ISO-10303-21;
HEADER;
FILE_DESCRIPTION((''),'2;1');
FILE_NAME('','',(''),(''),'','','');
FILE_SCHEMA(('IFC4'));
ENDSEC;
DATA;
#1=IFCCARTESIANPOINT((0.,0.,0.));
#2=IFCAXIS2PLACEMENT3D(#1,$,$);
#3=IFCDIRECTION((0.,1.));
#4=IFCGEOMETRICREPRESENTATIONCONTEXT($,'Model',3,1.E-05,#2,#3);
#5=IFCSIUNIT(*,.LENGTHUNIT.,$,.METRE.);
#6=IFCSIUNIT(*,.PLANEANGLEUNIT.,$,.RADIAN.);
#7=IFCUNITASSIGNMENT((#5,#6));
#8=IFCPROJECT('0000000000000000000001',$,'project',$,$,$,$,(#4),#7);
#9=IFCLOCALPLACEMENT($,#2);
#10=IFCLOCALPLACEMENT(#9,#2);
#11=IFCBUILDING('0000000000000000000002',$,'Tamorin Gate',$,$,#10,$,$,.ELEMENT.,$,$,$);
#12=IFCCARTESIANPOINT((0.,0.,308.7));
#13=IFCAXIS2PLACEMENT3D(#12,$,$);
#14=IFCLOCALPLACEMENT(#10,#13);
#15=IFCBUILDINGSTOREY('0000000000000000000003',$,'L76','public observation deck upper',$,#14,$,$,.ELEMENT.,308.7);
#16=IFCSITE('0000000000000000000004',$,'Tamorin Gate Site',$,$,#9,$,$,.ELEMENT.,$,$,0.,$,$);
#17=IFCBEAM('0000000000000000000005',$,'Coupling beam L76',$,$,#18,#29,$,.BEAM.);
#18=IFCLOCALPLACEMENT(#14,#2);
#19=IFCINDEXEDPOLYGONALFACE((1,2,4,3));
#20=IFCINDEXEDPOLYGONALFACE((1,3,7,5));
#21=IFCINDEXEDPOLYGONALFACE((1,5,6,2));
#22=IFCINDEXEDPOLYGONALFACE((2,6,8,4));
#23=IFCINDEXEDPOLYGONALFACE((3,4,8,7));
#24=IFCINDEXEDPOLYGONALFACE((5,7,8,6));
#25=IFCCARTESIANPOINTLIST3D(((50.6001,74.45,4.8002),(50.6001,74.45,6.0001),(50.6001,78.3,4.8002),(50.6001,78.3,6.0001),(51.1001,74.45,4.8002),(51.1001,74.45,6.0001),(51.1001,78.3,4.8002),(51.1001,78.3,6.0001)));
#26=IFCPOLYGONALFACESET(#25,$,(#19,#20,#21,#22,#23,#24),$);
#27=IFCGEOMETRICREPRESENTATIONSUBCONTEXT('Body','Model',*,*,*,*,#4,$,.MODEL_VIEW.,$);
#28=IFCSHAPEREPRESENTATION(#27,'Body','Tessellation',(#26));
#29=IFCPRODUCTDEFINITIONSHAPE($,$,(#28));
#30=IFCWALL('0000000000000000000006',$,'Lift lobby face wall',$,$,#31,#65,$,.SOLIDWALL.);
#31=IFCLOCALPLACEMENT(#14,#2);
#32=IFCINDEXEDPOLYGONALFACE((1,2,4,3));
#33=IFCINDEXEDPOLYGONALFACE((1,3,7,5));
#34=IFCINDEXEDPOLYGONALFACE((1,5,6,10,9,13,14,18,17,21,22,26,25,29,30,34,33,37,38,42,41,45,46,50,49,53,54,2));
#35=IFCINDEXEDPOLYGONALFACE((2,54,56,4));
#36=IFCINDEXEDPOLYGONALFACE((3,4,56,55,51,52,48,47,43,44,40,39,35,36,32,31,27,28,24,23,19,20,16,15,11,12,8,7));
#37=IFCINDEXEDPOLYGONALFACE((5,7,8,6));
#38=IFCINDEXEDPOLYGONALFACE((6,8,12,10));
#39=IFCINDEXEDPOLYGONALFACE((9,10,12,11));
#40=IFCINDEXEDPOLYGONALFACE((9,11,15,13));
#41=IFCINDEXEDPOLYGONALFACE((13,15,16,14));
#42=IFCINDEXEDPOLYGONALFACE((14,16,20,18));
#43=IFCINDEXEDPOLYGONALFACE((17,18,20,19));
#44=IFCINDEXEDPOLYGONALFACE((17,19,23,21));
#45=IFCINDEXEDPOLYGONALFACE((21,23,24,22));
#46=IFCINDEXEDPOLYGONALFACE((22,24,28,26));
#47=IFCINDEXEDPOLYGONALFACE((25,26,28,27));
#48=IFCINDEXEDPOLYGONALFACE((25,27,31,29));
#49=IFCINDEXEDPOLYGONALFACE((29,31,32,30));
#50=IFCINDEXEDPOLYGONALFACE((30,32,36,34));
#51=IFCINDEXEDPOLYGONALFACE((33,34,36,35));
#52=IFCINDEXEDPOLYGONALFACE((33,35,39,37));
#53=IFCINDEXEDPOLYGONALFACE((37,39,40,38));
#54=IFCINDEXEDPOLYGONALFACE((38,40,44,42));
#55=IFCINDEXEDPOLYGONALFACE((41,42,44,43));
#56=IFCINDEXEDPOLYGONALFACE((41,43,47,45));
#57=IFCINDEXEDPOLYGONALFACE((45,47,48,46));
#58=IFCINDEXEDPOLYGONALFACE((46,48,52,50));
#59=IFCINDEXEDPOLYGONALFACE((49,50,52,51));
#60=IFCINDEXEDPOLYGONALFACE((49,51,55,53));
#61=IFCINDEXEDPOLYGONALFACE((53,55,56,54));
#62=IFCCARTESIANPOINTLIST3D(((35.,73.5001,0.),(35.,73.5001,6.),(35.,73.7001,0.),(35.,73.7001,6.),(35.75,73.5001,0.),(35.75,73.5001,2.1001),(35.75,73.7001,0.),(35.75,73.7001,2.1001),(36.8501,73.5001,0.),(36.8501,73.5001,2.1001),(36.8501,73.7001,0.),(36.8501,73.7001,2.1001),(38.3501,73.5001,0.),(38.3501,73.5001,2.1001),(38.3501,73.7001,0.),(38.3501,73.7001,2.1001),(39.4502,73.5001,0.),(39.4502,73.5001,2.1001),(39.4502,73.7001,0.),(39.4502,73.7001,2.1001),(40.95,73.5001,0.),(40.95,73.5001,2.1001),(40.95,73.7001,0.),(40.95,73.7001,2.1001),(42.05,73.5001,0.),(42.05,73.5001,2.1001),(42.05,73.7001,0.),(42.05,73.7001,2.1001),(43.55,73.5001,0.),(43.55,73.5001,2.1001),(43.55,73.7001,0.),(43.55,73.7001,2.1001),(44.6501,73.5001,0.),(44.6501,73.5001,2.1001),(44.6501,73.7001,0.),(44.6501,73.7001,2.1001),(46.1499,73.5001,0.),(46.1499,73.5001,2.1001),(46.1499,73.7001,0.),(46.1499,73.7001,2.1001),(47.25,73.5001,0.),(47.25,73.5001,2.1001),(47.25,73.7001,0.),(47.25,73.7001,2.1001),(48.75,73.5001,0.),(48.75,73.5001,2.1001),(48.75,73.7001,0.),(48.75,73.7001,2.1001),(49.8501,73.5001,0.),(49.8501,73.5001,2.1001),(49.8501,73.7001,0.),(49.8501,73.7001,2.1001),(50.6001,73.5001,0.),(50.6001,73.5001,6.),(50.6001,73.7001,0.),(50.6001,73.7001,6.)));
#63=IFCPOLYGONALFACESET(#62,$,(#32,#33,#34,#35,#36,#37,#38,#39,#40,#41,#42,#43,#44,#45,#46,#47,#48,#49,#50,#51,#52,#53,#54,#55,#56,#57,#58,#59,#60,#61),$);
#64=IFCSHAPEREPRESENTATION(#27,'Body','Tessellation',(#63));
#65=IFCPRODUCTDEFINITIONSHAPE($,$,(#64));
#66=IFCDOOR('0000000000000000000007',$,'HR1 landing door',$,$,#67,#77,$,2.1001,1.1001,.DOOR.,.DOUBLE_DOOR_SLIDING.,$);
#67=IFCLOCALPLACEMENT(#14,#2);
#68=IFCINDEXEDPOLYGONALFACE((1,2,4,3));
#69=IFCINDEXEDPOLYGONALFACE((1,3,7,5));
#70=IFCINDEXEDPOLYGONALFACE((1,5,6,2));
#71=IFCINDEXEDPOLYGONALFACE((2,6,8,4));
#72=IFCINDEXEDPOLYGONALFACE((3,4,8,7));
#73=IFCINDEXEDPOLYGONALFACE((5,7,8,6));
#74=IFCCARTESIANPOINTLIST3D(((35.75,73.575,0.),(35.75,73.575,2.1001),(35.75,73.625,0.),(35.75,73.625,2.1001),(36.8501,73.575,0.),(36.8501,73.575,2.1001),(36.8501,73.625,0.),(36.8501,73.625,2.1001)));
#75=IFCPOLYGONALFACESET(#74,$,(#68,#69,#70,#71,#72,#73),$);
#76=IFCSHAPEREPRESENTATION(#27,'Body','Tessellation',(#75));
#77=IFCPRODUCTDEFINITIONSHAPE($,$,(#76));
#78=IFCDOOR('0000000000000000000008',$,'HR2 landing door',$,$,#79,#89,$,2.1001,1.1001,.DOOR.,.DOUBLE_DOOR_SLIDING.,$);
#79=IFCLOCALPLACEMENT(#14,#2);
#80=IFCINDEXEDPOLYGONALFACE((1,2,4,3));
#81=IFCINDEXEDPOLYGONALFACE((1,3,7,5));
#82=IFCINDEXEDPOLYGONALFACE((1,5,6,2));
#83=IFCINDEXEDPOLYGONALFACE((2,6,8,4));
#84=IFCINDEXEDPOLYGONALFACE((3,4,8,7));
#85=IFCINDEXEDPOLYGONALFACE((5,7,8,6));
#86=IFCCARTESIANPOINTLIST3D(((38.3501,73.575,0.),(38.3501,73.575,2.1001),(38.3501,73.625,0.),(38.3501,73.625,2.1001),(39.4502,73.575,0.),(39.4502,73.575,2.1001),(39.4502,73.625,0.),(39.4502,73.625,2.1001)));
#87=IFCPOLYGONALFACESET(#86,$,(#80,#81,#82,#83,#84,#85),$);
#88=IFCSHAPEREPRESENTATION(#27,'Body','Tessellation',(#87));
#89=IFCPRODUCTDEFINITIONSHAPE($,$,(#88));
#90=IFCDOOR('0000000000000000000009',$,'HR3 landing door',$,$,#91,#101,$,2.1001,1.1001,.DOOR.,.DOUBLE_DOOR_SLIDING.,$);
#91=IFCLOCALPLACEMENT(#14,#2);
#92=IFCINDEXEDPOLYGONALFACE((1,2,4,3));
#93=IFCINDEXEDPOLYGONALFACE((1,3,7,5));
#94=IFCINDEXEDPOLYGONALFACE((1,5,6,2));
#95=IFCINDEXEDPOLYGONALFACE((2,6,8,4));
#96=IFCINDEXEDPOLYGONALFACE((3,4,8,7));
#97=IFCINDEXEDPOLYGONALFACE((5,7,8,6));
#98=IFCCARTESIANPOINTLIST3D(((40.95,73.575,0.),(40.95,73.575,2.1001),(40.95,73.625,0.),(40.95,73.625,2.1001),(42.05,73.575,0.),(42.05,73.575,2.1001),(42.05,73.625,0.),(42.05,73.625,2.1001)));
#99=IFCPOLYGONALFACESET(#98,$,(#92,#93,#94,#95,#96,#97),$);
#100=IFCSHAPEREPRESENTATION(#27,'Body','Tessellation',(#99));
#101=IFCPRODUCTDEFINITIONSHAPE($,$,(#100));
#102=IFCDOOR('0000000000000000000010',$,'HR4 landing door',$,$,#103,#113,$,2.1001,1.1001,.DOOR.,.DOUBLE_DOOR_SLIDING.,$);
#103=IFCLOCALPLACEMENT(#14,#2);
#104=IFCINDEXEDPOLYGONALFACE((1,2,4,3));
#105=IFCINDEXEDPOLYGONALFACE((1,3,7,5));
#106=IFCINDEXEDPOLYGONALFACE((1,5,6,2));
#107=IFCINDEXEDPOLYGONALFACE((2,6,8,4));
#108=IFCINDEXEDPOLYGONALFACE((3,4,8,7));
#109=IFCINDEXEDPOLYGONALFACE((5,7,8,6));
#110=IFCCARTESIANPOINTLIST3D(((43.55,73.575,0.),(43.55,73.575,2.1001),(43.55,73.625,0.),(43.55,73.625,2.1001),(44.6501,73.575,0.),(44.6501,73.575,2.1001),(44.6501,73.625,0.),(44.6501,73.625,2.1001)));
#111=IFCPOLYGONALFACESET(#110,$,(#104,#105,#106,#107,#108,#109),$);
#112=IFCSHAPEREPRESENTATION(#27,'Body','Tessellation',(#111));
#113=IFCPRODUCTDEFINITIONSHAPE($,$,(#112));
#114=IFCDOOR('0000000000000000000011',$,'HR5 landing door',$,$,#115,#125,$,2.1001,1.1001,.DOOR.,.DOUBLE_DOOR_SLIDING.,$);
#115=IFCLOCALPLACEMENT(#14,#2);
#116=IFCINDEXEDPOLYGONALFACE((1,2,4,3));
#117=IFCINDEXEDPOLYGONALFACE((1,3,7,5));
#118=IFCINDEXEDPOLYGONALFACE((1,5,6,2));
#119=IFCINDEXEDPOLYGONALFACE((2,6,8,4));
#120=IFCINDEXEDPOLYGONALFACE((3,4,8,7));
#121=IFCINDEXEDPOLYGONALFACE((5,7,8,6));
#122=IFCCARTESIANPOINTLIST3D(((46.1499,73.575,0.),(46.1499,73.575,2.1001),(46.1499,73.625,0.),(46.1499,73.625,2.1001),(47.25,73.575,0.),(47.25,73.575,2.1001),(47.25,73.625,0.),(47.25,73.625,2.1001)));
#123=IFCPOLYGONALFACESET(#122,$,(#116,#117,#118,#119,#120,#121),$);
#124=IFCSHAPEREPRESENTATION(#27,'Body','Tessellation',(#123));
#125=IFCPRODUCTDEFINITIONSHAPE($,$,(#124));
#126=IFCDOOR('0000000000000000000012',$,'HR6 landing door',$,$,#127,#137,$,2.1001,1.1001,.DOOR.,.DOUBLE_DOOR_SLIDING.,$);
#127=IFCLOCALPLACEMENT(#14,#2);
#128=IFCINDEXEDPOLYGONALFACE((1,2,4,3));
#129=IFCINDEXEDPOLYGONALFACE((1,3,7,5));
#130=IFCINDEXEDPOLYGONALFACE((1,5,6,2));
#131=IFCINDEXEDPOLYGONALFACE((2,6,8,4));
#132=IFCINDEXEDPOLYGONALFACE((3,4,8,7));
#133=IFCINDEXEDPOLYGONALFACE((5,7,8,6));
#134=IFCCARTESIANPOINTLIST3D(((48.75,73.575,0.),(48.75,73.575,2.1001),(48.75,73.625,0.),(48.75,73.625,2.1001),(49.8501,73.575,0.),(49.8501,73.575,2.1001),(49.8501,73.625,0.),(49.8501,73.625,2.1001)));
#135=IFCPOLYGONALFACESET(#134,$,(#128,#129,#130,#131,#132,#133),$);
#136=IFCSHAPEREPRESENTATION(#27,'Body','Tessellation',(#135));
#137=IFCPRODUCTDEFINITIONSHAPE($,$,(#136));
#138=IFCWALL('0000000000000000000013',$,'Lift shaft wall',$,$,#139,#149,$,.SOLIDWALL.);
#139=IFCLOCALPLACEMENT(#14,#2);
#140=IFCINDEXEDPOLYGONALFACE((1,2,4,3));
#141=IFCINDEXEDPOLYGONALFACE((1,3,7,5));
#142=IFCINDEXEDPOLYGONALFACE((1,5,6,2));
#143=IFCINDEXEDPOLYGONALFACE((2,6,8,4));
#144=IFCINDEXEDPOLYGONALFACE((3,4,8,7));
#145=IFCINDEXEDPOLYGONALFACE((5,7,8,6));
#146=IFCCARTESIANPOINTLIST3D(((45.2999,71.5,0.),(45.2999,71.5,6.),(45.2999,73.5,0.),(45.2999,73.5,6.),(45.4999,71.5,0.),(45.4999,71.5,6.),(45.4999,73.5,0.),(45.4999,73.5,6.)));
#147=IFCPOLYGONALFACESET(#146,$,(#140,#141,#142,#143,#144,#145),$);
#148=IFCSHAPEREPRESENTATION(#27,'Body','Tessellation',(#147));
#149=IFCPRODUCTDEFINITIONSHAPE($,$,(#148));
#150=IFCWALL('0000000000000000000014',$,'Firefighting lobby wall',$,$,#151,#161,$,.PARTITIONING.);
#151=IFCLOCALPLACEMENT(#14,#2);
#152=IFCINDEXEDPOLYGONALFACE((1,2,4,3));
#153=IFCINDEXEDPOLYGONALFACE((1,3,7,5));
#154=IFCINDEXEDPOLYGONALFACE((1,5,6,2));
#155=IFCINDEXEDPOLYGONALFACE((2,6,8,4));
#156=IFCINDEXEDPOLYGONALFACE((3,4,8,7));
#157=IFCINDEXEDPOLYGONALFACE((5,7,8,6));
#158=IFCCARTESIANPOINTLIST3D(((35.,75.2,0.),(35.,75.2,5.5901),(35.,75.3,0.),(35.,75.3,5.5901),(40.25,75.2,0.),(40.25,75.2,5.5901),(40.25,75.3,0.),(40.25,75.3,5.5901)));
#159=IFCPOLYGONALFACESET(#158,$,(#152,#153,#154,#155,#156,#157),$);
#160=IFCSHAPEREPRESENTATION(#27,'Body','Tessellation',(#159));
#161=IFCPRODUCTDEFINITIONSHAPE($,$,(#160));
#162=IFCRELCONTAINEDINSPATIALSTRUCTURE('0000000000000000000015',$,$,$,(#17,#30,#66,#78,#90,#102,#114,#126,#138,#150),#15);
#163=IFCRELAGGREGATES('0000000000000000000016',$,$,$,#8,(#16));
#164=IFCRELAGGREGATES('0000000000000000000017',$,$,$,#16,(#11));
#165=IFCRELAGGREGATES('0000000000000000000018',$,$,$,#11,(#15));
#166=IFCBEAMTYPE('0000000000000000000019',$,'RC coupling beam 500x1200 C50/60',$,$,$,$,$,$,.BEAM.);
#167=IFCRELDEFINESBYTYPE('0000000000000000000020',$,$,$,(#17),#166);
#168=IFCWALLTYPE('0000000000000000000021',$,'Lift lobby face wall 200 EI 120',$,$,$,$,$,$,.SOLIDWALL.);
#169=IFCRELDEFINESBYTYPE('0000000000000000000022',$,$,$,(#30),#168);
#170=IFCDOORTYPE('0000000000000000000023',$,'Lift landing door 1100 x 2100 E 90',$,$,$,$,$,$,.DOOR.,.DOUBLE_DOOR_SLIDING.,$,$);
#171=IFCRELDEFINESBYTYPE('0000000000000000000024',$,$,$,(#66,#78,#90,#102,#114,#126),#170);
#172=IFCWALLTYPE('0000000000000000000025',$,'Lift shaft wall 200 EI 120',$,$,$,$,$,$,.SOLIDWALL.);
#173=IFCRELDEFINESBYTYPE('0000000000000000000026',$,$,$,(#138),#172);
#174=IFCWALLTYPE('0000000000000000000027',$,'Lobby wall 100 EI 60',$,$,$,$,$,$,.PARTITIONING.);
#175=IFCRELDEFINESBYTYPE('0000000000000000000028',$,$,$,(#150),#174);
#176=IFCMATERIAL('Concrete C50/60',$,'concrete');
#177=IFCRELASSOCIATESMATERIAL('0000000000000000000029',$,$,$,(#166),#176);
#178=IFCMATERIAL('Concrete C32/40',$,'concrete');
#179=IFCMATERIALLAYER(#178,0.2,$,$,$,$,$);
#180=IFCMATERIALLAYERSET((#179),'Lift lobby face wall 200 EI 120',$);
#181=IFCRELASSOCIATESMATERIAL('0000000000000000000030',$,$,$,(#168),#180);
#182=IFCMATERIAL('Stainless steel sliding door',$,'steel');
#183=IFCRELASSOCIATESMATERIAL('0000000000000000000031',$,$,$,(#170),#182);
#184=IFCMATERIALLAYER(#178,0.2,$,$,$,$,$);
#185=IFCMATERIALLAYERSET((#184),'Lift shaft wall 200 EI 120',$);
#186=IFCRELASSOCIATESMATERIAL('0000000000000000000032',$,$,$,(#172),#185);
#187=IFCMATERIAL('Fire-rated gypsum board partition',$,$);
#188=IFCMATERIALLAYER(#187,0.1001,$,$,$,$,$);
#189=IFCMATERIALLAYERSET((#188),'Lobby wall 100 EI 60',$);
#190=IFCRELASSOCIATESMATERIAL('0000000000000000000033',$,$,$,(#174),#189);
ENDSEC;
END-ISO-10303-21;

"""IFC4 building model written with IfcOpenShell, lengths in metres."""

from ifc_helpers import new_model, si_unit, direction, frame, frame_2d, origin, origin_2d, place, context, subcontext, project, spatial, rectangle, extrude, material, layer, layer_set, material_profile, profile_set, type_object, element, fill, save


model = new_model("IFC4")

# Units and contexts
model_context = context("Model", 3, precision=1e-05, world=origin(), true_north=direction((0.0, 1.0)))
body_context = subcontext(model_context, "Body", "Model", "MODEL_VIEW")
ifc_project = project(units=[si_unit("LENGTHUNIT", "METRE"), si_unit("PLANEANGLEUNIT", "RADIAN")], contexts=[model_context])

# Site, building, storey
site_placement = place(None, origin())
site = spatial("IfcSite", under=ifc_project, at=site_placement, Name="Tamorin Gate Site", CompositionType="ELEMENT", RefElevation=0.0)
building_placement = place(site_placement, origin())
building = spatial("IfcBuilding", under=site, at=building_placement, Name="Tamorin Gate", CompositionType="ELEMENT")
storey_placement = place(building_placement, frame((0.0, 0.0, 308.7)))
storey = spatial("IfcBuildingStorey", under=building, at=storey_placement, Name="L76", Description="public observation deck upper", CompositionType="ELEMENT", Elevation=308.7)

# Beam
ifc_material_1 = material(Name="Concrete C50/60", Category="concrete")
ifc_material_profile = material_profile(ifc_material_1, rectangle(XDim=0.5, YDim=1.2, at=origin_2d()), Name="RC 500x1200")
ifc_profile_set = profile_set([ifc_material_profile], Name="Concrete C50/60")
beam_type = type_object("IfcBeamType", Name="RC coupling beam 500x1200 C50/60", PredefinedType="BEAM", material=ifc_profile_set)
beam_placement = place(storey_placement, frame((50.8501, 74.45, 5.4001), z_axis=(0.0, 1.0, 0.0), x_axis=(-1.0, 0.0, 0.0)))
element("IfcBeam", 1, at=beam_placement, inside=storey, type_object=beam_type, Name="Coupling beam L76", PredefinedType="BEAM", context=body_context, shape_type="SweptSolid", body=[
    extrude(rectangle(XDim=0.5, YDim=1.2, at=origin_2d()), origin(), (0.0, 0.0, 1.0), 3.8501),
])

# Wall, openings, doors
ifc_material_2 = material(Name="Concrete C32/40", Category="concrete")
ifc_layer_1 = layer(ifc_material_2, 0.2)
ifc_layer_set_1 = layer_set([ifc_layer_1], Name="Lift lobby face wall 200 EI 120")
wall_type_1 = type_object("IfcWallType", Name="Lift lobby face wall 200 EI 120", PredefinedType="SOLIDWALL", material=ifc_layer_set_1)
wall_1_placement = place(storey_placement, frame((35.0, 73.6001, 0.0), z_axis=(0.0, 0.0, 1.0), x_axis=(1.0, 0.0, 0.0)))
wall_1 = element("IfcWall", 2, at=wall_1_placement, inside=storey, type_object=wall_type_1, Name="Lift lobby face wall", PredefinedType="SOLIDWALL", context=body_context, shape_type="SweptSolid", body=[
    extrude(rectangle(XDim=15.6001, YDim=0.2, at=frame_2d((7.8, 0.0))), origin(), (0.0, 0.0, 1.0), 6.0),
])
opening_1_placement = place(wall_1_placement, frame((0.75, 0.0, 0.0)))
opening_1 = element("IfcOpeningElement", 3, at=opening_1_placement, cuts=wall_1, PredefinedType="OPENING", context=body_context, shape_type="SweptSolid", body=[
    extrude(rectangle(XDim=1.1001, YDim=2.1001, at=frame_2d((0.55, 1.05))), frame((0.0, 0.1099, 0.0), z_axis=(0.0, -1.0, 0.0), x_axis=(1.0, 0.0, 0.0)), (0.0, 0.0, 1.0), 0.22),
])
opening_2_placement = place(wall_1_placement, frame((3.3501, 0.0, 0.0)))
opening_2 = element("IfcOpeningElement", 4, at=opening_2_placement, cuts=wall_1, PredefinedType="OPENING", context=body_context, shape_type="SweptSolid", body=[
    extrude(rectangle(XDim=1.1001, YDim=2.1001, at=frame_2d((0.55, 1.05))), frame((0.0, 0.1099, 0.0), z_axis=(0.0, -1.0, 0.0), x_axis=(1.0, 0.0, 0.0)), (0.0, 0.0, 1.0), 0.22),
])
opening_3_placement = place(wall_1_placement, frame((5.95, 0.0, 0.0)))
opening_3 = element("IfcOpeningElement", 5, at=opening_3_placement, cuts=wall_1, PredefinedType="OPENING", context=body_context, shape_type="SweptSolid", body=[
    extrude(rectangle(XDim=1.1001, YDim=2.1001, at=frame_2d((0.55, 1.05))), frame((0.0, 0.1099, 0.0), z_axis=(0.0, -1.0, 0.0), x_axis=(1.0, 0.0, 0.0)), (0.0, 0.0, 1.0), 0.22),
])
opening_4_placement = place(wall_1_placement, frame((8.55, 0.0, 0.0)))
opening_4 = element("IfcOpeningElement", 6, at=opening_4_placement, cuts=wall_1, PredefinedType="OPENING", context=body_context, shape_type="SweptSolid", body=[
    extrude(rectangle(XDim=1.1001, YDim=2.1001, at=frame_2d((0.55, 1.05))), frame((0.0, 0.1099, 0.0), z_axis=(0.0, -1.0, 0.0), x_axis=(1.0, 0.0, 0.0)), (0.0, 0.0, 1.0), 0.22),
])
opening_5_placement = place(wall_1_placement, frame((11.1499, 0.0, 0.0)))
opening_5 = element("IfcOpeningElement", 7, at=opening_5_placement, cuts=wall_1, PredefinedType="OPENING", context=body_context, shape_type="SweptSolid", body=[
    extrude(rectangle(XDim=1.1001, YDim=2.1001, at=frame_2d((0.55, 1.05))), frame((0.0, 0.1099, 0.0), z_axis=(0.0, -1.0, 0.0), x_axis=(1.0, 0.0, 0.0)), (0.0, 0.0, 1.0), 0.22),
])
opening_6_placement = place(wall_1_placement, frame((13.75, 0.0, 0.0)))
opening_6 = element("IfcOpeningElement", 8, at=opening_6_placement, cuts=wall_1, PredefinedType="OPENING", context=body_context, shape_type="SweptSolid", body=[
    extrude(rectangle(XDim=1.1001, YDim=2.1001, at=frame_2d((0.55, 1.05))), frame((0.0, 0.1099, 0.0), z_axis=(0.0, -1.0, 0.0), x_axis=(1.0, 0.0, 0.0)), (0.0, 0.0, 1.0), 0.22),
])
ifc_material_3 = material(Name="Stainless steel sliding door", Category="steel")
door_type_1 = type_object("IfcDoorType", Name="Lift landing door 1100 x 2100 E 90", OperationType="DOUBLE_DOOR_SLIDING", PredefinedType="DOOR", material=ifc_material_3)
door_1_placement = place(opening_1_placement, origin())
door_1 = element("IfcDoor", 9, at=door_1_placement, inside=storey, type_object=door_type_1, Name="HR1 landing door", OperationType="DOUBLE_DOOR_SLIDING", OverallHeight=2.1001, OverallWidth=1.1001, PredefinedType="DOOR", context=body_context, shape_type="SweptSolid", body=[
    extrude(rectangle(XDim=1.1001, YDim=2.1001, at=frame_2d((0.55, 1.05))), frame((0.0, 0.0249, 0.0), z_axis=(0.0, -1.0, 0.0), x_axis=(1.0, 0.0, 0.0)), (0.0, 0.0, 1.0), 0.05),
])
fill(opening_1, door_1)
door_2_placement = place(opening_2_placement, origin())
door_2 = element("IfcDoor", 10, at=door_2_placement, inside=storey, type_object=door_type_1, Name="HR2 landing door", OperationType="DOUBLE_DOOR_SLIDING", OverallHeight=2.1001, OverallWidth=1.1001, PredefinedType="DOOR", context=body_context, shape_type="SweptSolid", body=[
    extrude(rectangle(XDim=1.1001, YDim=2.1001, at=frame_2d((0.55, 1.05))), frame((0.0, 0.0249, 0.0), z_axis=(0.0, -1.0, 0.0), x_axis=(1.0, 0.0, 0.0)), (0.0, 0.0, 1.0), 0.05),
])
fill(opening_2, door_2)
door_3_placement = place(opening_3_placement, origin())
door_3 = element("IfcDoor", 11, at=door_3_placement, inside=storey, type_object=door_type_1, Name="HR3 landing door", OperationType="DOUBLE_DOOR_SLIDING", OverallHeight=2.1001, OverallWidth=1.1001, PredefinedType="DOOR", context=body_context, shape_type="SweptSolid", body=[
    extrude(rectangle(XDim=1.1001, YDim=2.1001, at=frame_2d((0.55, 1.05))), frame((0.0, 0.0249, 0.0), z_axis=(0.0, -1.0, 0.0), x_axis=(1.0, 0.0, 0.0)), (0.0, 0.0, 1.0), 0.05),
])
fill(opening_3, door_3)
door_4_placement = place(opening_4_placement, origin())
door_4 = element("IfcDoor", 12, at=door_4_placement, inside=storey, type_object=door_type_1, Name="HR4 landing door", OperationType="DOUBLE_DOOR_SLIDING", OverallHeight=2.1001, OverallWidth=1.1001, PredefinedType="DOOR", context=body_context, shape_type="SweptSolid", body=[
    extrude(rectangle(XDim=1.1001, YDim=2.1001, at=frame_2d((0.55, 1.05))), frame((0.0, 0.0249, 0.0), z_axis=(0.0, -1.0, 0.0), x_axis=(1.0, 0.0, 0.0)), (0.0, 0.0, 1.0), 0.05),
])
fill(opening_4, door_4)
door_5_placement = place(opening_5_placement, origin())
door_5 = element("IfcDoor", 13, at=door_5_placement, inside=storey, type_object=door_type_1, Name="HR5 landing door", OperationType="DOUBLE_DOOR_SLIDING", OverallHeight=2.1001, OverallWidth=1.1001, PredefinedType="DOOR", context=body_context, shape_type="SweptSolid", body=[
    extrude(rectangle(XDim=1.1001, YDim=2.1001, at=frame_2d((0.55, 1.05))), frame((0.0, 0.0249, 0.0), z_axis=(0.0, -1.0, 0.0), x_axis=(1.0, 0.0, 0.0)), (0.0, 0.0, 1.0), 0.05),
])
fill(opening_5, door_5)
door_6_placement = place(opening_6_placement, origin())
door_6 = element("IfcDoor", 14, at=door_6_placement, inside=storey, type_object=door_type_1, Name="HR6 landing door", OperationType="DOUBLE_DOOR_SLIDING", OverallHeight=2.1001, OverallWidth=1.1001, PredefinedType="DOOR", context=body_context, shape_type="SweptSolid", body=[
    extrude(rectangle(XDim=1.1001, YDim=2.1001, at=frame_2d((0.55, 1.05))), frame((0.0, 0.0249, 0.0), z_axis=(0.0, -1.0, 0.0), x_axis=(1.0, 0.0, 0.0)), (0.0, 0.0, 1.0), 0.05),
])
fill(opening_6, door_6)

# Walls
ifc_layer_2 = layer(ifc_material_2, 0.2)
ifc_layer_set_2 = layer_set([ifc_layer_2], Name="Lift shaft wall 200 EI 120")
wall_type_2 = type_object("IfcWallType", Name="Lift shaft wall 200 EI 120", PredefinedType="SOLIDWALL", material=ifc_layer_set_2)
wall_2_placement = place(storey_placement, frame((45.3999, 71.5, 0.0), z_axis=(0.0, 0.0, 1.0), x_axis=(0.0, 1.0, 0.0)))
element("IfcWall", 15, at=wall_2_placement, inside=storey, type_object=wall_type_2, Name="Lift shaft wall", PredefinedType="SOLIDWALL", context=body_context, shape_type="SweptSolid", body=[
    extrude(rectangle(XDim=2.0, YDim=0.2, at=frame_2d((1.0, 0.0))), origin(), (0.0, 0.0, 1.0), 6.0),
])
ifc_material_4 = material(Name="Fire-rated gypsum board partition")
ifc_layer_3 = layer(ifc_material_4, 0.1001)
ifc_layer_set_3 = layer_set([ifc_layer_3], Name="Lobby wall 100 EI 60")
wall_type_3 = type_object("IfcWallType", Name="Lobby wall 100 EI 60", PredefinedType="PARTITIONING", material=ifc_layer_set_3)
wall_3_placement = place(storey_placement, frame((35.0, 75.25, 0.0), z_axis=(0.0, 0.0, 1.0), x_axis=(1.0, 0.0, 0.0)))
element("IfcWall", 16, at=wall_3_placement, inside=storey, type_object=wall_type_3, Name="Firefighting lobby wall", PredefinedType="PARTITIONING", context=body_context, shape_type="SweptSolid", body=[
    extrude(rectangle(XDim=5.25, YDim=0.1001, at=frame_2d((2.625, 0.0))), origin(), (0.0, 0.0, 1.0), 5.5901),
])

save(model, "model.ifc")
